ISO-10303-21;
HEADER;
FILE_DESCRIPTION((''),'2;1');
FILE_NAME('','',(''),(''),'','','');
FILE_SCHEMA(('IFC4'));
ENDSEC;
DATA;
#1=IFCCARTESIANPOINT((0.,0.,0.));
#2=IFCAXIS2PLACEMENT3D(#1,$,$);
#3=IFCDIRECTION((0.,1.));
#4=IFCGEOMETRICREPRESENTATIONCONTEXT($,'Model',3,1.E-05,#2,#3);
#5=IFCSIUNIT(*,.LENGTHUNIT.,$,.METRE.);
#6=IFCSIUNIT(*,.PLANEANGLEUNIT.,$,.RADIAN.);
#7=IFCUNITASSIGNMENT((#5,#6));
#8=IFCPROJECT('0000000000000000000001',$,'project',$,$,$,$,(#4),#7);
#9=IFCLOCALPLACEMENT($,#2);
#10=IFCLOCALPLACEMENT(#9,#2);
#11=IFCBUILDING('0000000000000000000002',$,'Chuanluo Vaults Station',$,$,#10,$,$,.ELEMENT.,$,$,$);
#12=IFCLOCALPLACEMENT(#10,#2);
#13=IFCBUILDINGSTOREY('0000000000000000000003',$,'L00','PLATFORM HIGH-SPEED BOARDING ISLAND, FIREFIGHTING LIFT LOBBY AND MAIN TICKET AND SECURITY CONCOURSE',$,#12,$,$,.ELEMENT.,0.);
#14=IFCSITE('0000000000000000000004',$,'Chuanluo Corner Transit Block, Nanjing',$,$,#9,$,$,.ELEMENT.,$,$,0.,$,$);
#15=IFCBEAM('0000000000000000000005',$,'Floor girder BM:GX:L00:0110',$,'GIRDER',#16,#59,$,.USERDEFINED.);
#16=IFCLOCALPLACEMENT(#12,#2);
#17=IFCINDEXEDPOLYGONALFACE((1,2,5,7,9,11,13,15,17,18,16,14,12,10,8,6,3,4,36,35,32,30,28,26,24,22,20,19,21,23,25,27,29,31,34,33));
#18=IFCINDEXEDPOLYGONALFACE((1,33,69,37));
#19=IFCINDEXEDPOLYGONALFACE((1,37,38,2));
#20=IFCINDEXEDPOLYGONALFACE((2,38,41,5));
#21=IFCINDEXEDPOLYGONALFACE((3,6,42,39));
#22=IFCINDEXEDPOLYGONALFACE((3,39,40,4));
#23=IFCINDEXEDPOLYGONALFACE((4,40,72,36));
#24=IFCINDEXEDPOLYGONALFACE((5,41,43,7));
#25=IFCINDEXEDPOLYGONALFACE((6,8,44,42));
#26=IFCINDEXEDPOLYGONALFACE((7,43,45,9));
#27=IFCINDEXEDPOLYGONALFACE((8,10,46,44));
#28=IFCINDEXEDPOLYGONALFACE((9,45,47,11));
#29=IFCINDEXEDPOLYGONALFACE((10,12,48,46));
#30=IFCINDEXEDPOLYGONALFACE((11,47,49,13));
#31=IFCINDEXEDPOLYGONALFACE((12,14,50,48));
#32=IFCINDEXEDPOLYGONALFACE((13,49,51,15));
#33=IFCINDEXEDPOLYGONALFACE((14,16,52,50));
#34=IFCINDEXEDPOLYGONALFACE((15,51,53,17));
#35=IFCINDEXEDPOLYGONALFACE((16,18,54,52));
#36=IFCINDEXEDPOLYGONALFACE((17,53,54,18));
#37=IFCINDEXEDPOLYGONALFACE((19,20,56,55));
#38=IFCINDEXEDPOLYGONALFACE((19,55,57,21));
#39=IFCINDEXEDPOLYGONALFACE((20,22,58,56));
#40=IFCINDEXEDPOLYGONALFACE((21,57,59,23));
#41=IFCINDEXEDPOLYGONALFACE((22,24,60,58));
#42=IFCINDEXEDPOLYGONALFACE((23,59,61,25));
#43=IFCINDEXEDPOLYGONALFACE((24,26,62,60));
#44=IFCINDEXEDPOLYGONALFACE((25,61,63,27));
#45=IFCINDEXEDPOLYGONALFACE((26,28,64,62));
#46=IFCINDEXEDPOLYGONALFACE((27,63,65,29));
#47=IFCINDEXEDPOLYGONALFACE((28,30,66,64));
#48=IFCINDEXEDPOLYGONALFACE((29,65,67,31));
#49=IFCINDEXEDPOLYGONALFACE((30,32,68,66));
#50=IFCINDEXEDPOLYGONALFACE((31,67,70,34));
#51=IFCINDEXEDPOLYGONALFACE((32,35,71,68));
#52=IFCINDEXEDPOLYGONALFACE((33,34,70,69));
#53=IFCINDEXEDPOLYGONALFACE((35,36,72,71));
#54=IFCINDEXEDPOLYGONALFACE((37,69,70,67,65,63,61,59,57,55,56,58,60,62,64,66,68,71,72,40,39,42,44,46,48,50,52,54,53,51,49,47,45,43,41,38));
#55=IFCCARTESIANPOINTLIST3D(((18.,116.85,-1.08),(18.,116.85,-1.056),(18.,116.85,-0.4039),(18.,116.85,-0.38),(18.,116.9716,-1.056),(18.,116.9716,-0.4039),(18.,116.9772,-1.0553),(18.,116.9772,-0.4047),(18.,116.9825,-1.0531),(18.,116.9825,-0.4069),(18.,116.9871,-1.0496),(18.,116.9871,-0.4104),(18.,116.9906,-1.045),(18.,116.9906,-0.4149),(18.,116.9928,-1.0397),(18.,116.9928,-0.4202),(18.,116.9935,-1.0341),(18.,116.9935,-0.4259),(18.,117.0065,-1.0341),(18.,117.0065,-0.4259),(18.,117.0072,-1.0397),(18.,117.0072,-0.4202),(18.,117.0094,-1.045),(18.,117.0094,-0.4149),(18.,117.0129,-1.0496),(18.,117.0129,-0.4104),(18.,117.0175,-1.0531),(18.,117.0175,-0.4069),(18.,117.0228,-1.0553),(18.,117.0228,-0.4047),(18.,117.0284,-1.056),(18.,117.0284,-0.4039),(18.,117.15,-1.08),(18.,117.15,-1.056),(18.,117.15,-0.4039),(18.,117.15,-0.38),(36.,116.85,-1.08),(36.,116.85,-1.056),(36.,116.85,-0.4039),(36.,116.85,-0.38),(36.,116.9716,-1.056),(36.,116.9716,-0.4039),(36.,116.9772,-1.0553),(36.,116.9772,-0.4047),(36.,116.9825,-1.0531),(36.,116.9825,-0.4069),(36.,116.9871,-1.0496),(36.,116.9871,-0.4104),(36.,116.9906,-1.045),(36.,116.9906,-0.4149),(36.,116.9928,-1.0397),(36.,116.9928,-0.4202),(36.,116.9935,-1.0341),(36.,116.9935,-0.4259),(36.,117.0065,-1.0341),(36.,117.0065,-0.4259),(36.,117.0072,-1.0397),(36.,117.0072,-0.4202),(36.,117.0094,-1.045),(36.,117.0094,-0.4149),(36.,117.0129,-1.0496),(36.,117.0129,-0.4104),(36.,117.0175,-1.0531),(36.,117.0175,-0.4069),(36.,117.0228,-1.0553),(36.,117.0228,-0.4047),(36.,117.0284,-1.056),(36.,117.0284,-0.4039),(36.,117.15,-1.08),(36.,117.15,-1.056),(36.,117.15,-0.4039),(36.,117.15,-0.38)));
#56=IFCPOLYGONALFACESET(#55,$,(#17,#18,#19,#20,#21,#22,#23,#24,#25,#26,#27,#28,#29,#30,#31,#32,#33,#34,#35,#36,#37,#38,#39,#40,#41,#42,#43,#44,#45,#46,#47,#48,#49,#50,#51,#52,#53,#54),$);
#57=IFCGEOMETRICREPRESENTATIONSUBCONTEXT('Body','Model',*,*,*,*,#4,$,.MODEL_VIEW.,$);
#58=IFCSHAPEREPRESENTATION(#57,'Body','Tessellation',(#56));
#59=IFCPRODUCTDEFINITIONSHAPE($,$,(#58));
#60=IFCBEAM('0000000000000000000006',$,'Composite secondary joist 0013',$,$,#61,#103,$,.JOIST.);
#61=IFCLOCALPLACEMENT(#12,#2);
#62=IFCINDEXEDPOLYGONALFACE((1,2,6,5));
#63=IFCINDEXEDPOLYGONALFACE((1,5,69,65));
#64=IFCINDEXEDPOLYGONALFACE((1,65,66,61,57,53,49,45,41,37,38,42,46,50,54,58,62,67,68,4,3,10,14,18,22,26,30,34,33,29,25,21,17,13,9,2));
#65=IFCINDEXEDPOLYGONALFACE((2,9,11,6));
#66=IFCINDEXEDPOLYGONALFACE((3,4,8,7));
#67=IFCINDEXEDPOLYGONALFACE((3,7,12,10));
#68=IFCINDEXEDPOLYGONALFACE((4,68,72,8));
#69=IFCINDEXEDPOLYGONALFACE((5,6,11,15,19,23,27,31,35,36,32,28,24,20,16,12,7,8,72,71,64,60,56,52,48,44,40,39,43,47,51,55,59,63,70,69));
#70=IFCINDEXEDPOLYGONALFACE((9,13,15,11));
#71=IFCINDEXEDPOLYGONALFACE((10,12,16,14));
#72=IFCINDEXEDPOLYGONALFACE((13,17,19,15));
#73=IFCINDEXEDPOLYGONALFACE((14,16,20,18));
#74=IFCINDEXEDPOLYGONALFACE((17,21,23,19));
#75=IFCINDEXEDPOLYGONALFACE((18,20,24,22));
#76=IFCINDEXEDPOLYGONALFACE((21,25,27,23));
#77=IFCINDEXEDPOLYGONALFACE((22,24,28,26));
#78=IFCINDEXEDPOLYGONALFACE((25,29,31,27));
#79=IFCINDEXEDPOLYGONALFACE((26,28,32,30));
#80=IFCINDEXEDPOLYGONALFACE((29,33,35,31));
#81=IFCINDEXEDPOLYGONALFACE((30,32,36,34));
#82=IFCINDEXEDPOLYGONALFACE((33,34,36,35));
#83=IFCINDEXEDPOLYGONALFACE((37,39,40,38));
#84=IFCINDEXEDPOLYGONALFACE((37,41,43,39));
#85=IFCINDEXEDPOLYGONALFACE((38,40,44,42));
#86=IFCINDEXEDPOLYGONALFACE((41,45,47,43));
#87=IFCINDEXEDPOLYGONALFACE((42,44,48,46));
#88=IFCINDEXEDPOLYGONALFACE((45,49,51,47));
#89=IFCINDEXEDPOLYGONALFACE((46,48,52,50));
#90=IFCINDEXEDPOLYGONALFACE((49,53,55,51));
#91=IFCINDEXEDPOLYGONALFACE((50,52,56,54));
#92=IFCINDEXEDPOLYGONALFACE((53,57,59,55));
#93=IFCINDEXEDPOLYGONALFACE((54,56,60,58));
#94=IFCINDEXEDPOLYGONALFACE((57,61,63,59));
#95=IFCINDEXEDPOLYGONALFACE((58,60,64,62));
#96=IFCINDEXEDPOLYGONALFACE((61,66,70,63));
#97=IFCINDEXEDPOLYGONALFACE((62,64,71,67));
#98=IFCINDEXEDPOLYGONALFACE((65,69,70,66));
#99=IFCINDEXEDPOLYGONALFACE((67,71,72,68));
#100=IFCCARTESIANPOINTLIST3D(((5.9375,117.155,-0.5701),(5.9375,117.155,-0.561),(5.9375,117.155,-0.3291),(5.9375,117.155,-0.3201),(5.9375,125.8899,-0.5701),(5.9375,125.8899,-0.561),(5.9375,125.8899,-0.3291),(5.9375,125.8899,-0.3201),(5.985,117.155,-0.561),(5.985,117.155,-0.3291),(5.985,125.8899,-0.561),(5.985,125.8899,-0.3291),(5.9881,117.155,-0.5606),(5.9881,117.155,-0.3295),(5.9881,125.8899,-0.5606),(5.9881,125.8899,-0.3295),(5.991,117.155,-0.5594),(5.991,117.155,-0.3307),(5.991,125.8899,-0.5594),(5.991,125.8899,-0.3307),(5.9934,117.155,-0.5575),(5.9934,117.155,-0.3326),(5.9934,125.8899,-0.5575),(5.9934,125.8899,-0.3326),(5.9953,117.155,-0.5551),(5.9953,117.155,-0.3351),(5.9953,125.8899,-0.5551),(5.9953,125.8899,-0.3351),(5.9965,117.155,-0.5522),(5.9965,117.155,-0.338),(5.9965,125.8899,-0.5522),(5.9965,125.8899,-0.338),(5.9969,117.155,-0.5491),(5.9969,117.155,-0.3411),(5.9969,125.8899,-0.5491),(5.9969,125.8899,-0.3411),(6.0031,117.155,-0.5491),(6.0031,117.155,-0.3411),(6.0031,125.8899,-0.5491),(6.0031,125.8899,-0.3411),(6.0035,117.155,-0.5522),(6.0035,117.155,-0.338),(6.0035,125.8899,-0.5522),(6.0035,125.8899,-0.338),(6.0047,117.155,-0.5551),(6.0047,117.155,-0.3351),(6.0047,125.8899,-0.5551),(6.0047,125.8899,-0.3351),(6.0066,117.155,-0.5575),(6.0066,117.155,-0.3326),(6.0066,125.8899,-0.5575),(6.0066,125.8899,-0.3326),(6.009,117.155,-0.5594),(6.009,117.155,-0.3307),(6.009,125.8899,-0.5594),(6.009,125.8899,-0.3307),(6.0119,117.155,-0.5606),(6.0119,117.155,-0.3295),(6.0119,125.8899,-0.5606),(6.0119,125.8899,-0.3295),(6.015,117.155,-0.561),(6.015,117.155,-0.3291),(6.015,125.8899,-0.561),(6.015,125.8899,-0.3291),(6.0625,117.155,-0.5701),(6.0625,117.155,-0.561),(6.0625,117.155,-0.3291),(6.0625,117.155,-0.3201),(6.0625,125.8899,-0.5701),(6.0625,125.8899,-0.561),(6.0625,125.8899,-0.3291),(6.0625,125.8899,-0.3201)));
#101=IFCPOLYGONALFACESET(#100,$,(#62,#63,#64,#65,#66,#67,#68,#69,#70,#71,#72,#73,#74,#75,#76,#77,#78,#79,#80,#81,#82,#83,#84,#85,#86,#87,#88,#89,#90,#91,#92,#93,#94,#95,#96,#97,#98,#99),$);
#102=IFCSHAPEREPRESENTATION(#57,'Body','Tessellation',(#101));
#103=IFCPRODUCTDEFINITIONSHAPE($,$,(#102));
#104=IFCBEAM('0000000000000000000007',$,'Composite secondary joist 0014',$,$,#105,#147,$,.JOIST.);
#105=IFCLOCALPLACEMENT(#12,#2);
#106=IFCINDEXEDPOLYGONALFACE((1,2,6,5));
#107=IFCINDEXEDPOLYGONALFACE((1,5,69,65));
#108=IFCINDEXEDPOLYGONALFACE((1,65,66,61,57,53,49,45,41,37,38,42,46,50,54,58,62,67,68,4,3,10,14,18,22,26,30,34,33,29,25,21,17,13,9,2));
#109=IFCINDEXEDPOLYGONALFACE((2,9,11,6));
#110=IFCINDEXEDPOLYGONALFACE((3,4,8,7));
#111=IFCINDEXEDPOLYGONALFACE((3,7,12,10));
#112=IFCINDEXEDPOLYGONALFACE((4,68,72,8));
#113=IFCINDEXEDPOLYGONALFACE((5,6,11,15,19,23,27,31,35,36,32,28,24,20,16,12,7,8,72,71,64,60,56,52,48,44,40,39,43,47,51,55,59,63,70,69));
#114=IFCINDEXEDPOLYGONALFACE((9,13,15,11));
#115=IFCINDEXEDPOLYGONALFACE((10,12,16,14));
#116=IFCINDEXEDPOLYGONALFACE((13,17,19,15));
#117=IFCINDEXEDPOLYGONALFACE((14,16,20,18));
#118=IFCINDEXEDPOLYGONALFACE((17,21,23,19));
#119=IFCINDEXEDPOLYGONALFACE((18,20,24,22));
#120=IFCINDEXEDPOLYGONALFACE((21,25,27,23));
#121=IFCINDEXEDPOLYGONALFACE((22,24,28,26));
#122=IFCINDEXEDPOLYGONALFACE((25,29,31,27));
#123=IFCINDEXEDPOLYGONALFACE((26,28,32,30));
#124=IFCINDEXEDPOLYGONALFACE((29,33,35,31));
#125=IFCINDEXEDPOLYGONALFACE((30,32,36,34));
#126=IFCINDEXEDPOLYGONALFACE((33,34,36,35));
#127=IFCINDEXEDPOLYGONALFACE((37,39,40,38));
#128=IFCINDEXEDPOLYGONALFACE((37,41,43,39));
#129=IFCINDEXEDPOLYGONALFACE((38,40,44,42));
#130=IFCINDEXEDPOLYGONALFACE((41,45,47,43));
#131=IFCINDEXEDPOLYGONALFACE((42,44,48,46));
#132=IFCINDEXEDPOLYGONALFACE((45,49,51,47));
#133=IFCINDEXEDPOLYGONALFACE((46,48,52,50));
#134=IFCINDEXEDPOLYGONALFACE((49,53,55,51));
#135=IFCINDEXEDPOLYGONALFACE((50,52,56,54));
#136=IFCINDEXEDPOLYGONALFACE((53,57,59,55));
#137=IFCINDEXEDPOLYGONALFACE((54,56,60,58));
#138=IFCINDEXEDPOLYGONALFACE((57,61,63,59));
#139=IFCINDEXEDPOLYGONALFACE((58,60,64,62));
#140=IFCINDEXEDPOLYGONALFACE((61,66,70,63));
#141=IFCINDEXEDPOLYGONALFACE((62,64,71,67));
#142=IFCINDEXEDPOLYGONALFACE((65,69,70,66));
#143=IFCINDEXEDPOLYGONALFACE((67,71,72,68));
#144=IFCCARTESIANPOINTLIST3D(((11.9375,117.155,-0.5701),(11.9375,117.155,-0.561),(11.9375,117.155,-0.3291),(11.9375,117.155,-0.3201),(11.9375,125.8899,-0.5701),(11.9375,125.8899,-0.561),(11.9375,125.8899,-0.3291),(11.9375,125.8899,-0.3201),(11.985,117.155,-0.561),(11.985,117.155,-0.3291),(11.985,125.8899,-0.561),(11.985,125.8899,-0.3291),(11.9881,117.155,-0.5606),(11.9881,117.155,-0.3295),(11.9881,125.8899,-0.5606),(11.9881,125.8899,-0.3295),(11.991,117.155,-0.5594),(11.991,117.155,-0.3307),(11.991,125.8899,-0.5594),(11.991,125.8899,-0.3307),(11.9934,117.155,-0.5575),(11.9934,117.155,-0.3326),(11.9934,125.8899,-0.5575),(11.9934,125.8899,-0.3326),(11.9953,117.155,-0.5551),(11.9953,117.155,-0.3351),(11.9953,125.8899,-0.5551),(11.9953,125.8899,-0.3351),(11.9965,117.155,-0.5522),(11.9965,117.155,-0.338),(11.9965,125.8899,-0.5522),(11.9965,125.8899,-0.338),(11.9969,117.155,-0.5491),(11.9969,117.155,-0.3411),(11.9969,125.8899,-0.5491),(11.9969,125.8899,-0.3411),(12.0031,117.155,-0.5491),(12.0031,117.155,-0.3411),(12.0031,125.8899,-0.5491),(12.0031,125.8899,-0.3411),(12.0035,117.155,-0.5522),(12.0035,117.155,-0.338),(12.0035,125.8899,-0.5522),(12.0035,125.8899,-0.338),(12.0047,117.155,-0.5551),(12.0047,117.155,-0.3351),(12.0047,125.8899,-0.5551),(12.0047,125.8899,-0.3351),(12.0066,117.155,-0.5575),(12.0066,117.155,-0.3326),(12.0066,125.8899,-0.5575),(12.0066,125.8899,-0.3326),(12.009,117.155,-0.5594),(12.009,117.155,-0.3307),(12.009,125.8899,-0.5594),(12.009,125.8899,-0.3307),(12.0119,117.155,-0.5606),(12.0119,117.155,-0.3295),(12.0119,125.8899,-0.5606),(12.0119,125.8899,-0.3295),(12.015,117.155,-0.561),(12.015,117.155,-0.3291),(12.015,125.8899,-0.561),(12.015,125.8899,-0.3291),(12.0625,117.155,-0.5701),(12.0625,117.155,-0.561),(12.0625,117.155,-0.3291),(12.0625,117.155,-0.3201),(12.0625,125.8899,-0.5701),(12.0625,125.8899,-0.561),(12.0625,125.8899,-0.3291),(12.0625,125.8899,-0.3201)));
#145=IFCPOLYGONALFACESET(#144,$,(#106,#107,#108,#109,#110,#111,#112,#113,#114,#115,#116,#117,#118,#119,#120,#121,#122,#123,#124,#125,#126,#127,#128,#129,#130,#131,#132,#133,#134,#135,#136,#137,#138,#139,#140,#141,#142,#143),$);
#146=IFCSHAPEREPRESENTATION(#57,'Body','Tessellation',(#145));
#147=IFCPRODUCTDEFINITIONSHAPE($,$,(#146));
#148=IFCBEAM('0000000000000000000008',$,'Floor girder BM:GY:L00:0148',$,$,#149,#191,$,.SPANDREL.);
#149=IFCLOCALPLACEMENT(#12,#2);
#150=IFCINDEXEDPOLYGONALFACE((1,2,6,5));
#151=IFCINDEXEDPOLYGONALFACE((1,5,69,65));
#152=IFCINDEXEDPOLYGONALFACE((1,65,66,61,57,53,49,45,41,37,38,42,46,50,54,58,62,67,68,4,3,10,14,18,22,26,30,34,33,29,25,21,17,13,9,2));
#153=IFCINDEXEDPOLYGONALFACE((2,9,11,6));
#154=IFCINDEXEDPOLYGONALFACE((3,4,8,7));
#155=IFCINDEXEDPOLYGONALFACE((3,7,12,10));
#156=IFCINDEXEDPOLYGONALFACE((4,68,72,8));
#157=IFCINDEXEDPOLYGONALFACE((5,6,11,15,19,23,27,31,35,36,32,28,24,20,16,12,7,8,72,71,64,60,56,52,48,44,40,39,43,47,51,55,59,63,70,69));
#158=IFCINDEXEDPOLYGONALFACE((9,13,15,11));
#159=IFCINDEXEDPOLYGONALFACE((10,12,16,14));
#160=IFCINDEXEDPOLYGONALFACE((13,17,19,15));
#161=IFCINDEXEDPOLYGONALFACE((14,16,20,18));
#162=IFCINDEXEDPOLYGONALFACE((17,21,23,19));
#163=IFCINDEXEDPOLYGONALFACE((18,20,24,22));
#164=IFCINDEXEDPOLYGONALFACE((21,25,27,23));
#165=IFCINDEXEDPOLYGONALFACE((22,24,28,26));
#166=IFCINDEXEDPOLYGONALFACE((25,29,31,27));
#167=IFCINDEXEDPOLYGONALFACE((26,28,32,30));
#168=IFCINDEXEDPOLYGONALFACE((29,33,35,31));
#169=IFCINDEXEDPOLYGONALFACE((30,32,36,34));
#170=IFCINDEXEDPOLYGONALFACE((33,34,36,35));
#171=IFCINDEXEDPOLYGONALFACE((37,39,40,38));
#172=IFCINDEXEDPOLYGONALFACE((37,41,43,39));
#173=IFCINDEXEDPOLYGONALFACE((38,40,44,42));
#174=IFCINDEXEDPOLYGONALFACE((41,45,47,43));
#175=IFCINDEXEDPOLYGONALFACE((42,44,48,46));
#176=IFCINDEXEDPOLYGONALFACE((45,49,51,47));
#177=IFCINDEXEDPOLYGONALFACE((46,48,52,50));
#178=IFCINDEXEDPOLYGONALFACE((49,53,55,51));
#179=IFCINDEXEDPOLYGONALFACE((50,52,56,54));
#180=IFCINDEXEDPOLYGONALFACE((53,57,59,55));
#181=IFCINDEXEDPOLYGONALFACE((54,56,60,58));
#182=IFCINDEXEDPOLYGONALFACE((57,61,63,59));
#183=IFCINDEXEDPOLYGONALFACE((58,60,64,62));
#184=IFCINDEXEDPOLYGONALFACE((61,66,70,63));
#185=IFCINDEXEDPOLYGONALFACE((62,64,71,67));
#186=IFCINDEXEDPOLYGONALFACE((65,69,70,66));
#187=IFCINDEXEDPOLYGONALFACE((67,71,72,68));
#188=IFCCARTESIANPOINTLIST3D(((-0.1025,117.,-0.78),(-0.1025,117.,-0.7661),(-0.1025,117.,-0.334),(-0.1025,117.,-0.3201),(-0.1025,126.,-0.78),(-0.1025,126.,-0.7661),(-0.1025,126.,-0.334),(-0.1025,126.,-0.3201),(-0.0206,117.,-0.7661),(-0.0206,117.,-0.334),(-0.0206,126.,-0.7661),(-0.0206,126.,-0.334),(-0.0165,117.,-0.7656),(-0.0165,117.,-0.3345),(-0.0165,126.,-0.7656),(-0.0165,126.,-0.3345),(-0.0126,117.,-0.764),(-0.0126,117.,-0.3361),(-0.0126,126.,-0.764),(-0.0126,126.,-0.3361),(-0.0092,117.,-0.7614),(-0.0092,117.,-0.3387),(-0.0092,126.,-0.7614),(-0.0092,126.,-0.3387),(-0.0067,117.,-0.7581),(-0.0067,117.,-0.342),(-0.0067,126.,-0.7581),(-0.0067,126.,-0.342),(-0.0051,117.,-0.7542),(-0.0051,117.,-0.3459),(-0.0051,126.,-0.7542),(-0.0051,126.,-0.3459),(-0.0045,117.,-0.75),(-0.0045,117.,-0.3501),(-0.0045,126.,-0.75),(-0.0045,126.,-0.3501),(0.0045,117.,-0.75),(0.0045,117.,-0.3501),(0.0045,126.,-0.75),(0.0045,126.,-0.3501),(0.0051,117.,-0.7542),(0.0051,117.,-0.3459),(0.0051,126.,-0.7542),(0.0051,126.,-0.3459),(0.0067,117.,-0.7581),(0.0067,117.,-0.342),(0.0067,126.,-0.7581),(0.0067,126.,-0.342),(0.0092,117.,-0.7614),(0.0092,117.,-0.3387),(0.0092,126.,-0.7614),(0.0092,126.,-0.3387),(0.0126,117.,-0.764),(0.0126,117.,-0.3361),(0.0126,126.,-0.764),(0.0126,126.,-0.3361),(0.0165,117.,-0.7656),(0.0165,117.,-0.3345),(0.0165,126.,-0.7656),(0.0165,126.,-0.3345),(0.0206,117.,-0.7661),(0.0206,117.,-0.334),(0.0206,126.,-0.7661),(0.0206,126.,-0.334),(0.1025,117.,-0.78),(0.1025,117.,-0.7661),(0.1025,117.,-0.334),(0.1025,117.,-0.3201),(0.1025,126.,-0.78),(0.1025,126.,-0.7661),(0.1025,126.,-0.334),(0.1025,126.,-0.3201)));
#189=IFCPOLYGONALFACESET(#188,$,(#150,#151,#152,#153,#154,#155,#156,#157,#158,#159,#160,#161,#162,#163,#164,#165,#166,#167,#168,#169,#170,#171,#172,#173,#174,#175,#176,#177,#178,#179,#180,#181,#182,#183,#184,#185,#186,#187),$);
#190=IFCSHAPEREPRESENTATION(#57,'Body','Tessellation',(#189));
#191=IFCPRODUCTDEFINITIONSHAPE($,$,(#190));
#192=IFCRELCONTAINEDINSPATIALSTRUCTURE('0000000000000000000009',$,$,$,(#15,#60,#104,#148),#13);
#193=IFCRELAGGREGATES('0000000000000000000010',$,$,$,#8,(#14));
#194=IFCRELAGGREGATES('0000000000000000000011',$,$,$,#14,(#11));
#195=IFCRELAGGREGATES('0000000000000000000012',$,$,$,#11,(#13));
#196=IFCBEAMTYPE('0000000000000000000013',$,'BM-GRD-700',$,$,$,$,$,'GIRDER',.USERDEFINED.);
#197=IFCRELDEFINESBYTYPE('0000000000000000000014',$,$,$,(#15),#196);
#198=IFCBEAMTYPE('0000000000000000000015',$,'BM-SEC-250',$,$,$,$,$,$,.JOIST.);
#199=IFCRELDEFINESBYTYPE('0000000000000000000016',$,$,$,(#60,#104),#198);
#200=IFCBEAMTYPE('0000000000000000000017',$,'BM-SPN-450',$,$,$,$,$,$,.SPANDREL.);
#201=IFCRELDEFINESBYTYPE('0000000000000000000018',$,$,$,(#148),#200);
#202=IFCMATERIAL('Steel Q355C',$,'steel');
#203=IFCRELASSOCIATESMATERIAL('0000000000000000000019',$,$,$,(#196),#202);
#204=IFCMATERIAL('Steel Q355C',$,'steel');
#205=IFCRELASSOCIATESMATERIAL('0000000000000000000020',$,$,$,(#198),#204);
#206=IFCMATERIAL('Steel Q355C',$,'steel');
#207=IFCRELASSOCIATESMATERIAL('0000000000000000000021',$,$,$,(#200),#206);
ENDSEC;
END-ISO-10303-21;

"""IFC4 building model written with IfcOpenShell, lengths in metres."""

from ifc_helpers import new_model, si_unit, direction, frame, origin, origin_2d, place, context, subcontext, project, spatial, i_section, extrude, material, material_profile, profile_set, type_object, element, save


model = new_model("IFC4")

# Units and contexts
model_context = context("Model", 3, precision=1e-05, world=origin(), true_north=direction((0.0, 1.0)))
body_context = subcontext(model_context, "Body", "Model", "MODEL_VIEW")
ifc_project = project(units=[si_unit("LENGTHUNIT", "METRE"), si_unit("PLANEANGLEUNIT", "RADIAN")], contexts=[model_context])

# Site, building, storey
site_placement = place(None, origin())
site = spatial("IfcSite", under=ifc_project, at=site_placement, Name="Chuanluo Corner Transit Block, Nanjing", CompositionType="ELEMENT", RefElevation=0.0)
building_placement = place(site_placement, origin())
building = spatial("IfcBuilding", under=site, at=building_placement, Name="Chuanluo Vaults Station", CompositionType="ELEMENT")
storey_placement = place(building_placement, origin())
storey = spatial("IfcBuildingStorey", under=building, at=storey_placement, Name="L00", Description="PLATFORM HIGH-SPEED BOARDING ISLAND, FIREFIGHTING LIFT LOBBY AND MAIN TICKET AND SECURITY CONCOURSE", CompositionType="ELEMENT", Elevation=0.0)

# Beams
ifc_material_1 = material(Name="Steel Q355C", Category="steel")
ifc_material_profile_1 = material_profile(ifc_material_1, i_section(OverallWidth=0.3, OverallDepth=0.7, WebThickness=0.0129, FlangeThickness=0.0239, FilletRadius=0.022, at=origin_2d()))
ifc_profile_set_1 = profile_set([ifc_material_profile_1], Name="Steel Q355C")
beam_type_1 = type_object("IfcBeamType", Name="BM-GRD-700", ElementType="GIRDER", PredefinedType="USERDEFINED", material=ifc_profile_set_1)
for number, where, z_axis, x_axis, name in (
    (1, (18.0, 117.0, -0.73), (1.0, 0.0, 0.0), (0.0, 1.0, 0.0), "Floor girder BM:GX:L00:0110"),
):
    element("IfcBeam", number, at=place(storey_placement, frame(where, z_axis=z_axis, x_axis=x_axis)), inside=storey, type_object=beam_type_1, Name=name, ObjectType="GIRDER", PredefinedType="USERDEFINED", context=body_context, shape_type="SweptSolid", body=[
        extrude(i_section(OverallWidth=0.3, OverallDepth=0.7, WebThickness=0.0129, FlangeThickness=0.0239, FilletRadius=0.022, at=origin_2d()), origin(), (0.0, 0.0, 1.0), 18.0),
    ])
ifc_material_2 = material(Name="Steel Q355C", Category="steel")
ifc_material_profile_2 = material_profile(ifc_material_2, i_section(OverallWidth=0.125, OverallDepth=0.25, WebThickness=0.0061, FlangeThickness=0.009, FilletRadius=0.012, at=origin_2d()))
ifc_profile_set_2 = profile_set([ifc_material_profile_2], Name="Steel Q355C")
beam_type_2 = type_object("IfcBeamType", Name="BM-SEC-250", PredefinedType="JOIST", material=ifc_profile_set_2)
for number, where, z_axis, x_axis, name in (
    (2, (6.0, 117.155, -0.4451), (0.0, 1.0, 0.0), (-1.0, 0.0, 0.0), "Composite secondary joist 0013"),
    (3, (12.0, 117.155, -0.4451), (0.0, 1.0, 0.0), (-1.0, 0.0, 0.0), "Composite secondary joist 0014"),
):
    element("IfcBeam", number, at=place(storey_placement, frame(where, z_axis=z_axis, x_axis=x_axis)), inside=storey, type_object=beam_type_2, Name=name, PredefinedType="JOIST", context=body_context, shape_type="SweptSolid", body=[
        extrude(i_section(OverallWidth=0.125, OverallDepth=0.25, WebThickness=0.0061, FlangeThickness=0.009, FilletRadius=0.012, at=origin_2d()), origin(), (0.0, 0.0, 1.0), 8.7349),
    ])
ifc_material_3 = material(Name="Steel Q355C", Category="steel")
ifc_material_profile_3 = material_profile(ifc_material_3, i_section(OverallWidth=0.2051, OverallDepth=0.46, WebThickness=0.009, FlangeThickness=0.0139, FilletRadius=0.0161, at=origin_2d()))
ifc_profile_set_3 = profile_set([ifc_material_profile_3], Name="Steel Q355C")
beam_type_3 = type_object("IfcBeamType", Name="BM-SPN-450", PredefinedType="SPANDREL", material=ifc_profile_set_3)
beam_1_placement = place(storey_placement, frame((0.0, 117.0, -0.55), z_axis=(0.0, 1.0, 0.0), x_axis=(-1.0, 0.0, 0.0)))
element("IfcBeam", 4, at=beam_1_placement, inside=storey, type_object=beam_type_3, Name="Floor girder BM:GY:L00:0148", PredefinedType="SPANDREL", context=body_context, shape_type="SweptSolid", body=[
    extrude(i_section(OverallWidth=0.2051, OverallDepth=0.46, WebThickness=0.009, FlangeThickness=0.0139, FilletRadius=0.0161, at=origin_2d()), origin(), (0.0, 0.0, 1.0), 9.0),
])

save(model, "model.ifc")
